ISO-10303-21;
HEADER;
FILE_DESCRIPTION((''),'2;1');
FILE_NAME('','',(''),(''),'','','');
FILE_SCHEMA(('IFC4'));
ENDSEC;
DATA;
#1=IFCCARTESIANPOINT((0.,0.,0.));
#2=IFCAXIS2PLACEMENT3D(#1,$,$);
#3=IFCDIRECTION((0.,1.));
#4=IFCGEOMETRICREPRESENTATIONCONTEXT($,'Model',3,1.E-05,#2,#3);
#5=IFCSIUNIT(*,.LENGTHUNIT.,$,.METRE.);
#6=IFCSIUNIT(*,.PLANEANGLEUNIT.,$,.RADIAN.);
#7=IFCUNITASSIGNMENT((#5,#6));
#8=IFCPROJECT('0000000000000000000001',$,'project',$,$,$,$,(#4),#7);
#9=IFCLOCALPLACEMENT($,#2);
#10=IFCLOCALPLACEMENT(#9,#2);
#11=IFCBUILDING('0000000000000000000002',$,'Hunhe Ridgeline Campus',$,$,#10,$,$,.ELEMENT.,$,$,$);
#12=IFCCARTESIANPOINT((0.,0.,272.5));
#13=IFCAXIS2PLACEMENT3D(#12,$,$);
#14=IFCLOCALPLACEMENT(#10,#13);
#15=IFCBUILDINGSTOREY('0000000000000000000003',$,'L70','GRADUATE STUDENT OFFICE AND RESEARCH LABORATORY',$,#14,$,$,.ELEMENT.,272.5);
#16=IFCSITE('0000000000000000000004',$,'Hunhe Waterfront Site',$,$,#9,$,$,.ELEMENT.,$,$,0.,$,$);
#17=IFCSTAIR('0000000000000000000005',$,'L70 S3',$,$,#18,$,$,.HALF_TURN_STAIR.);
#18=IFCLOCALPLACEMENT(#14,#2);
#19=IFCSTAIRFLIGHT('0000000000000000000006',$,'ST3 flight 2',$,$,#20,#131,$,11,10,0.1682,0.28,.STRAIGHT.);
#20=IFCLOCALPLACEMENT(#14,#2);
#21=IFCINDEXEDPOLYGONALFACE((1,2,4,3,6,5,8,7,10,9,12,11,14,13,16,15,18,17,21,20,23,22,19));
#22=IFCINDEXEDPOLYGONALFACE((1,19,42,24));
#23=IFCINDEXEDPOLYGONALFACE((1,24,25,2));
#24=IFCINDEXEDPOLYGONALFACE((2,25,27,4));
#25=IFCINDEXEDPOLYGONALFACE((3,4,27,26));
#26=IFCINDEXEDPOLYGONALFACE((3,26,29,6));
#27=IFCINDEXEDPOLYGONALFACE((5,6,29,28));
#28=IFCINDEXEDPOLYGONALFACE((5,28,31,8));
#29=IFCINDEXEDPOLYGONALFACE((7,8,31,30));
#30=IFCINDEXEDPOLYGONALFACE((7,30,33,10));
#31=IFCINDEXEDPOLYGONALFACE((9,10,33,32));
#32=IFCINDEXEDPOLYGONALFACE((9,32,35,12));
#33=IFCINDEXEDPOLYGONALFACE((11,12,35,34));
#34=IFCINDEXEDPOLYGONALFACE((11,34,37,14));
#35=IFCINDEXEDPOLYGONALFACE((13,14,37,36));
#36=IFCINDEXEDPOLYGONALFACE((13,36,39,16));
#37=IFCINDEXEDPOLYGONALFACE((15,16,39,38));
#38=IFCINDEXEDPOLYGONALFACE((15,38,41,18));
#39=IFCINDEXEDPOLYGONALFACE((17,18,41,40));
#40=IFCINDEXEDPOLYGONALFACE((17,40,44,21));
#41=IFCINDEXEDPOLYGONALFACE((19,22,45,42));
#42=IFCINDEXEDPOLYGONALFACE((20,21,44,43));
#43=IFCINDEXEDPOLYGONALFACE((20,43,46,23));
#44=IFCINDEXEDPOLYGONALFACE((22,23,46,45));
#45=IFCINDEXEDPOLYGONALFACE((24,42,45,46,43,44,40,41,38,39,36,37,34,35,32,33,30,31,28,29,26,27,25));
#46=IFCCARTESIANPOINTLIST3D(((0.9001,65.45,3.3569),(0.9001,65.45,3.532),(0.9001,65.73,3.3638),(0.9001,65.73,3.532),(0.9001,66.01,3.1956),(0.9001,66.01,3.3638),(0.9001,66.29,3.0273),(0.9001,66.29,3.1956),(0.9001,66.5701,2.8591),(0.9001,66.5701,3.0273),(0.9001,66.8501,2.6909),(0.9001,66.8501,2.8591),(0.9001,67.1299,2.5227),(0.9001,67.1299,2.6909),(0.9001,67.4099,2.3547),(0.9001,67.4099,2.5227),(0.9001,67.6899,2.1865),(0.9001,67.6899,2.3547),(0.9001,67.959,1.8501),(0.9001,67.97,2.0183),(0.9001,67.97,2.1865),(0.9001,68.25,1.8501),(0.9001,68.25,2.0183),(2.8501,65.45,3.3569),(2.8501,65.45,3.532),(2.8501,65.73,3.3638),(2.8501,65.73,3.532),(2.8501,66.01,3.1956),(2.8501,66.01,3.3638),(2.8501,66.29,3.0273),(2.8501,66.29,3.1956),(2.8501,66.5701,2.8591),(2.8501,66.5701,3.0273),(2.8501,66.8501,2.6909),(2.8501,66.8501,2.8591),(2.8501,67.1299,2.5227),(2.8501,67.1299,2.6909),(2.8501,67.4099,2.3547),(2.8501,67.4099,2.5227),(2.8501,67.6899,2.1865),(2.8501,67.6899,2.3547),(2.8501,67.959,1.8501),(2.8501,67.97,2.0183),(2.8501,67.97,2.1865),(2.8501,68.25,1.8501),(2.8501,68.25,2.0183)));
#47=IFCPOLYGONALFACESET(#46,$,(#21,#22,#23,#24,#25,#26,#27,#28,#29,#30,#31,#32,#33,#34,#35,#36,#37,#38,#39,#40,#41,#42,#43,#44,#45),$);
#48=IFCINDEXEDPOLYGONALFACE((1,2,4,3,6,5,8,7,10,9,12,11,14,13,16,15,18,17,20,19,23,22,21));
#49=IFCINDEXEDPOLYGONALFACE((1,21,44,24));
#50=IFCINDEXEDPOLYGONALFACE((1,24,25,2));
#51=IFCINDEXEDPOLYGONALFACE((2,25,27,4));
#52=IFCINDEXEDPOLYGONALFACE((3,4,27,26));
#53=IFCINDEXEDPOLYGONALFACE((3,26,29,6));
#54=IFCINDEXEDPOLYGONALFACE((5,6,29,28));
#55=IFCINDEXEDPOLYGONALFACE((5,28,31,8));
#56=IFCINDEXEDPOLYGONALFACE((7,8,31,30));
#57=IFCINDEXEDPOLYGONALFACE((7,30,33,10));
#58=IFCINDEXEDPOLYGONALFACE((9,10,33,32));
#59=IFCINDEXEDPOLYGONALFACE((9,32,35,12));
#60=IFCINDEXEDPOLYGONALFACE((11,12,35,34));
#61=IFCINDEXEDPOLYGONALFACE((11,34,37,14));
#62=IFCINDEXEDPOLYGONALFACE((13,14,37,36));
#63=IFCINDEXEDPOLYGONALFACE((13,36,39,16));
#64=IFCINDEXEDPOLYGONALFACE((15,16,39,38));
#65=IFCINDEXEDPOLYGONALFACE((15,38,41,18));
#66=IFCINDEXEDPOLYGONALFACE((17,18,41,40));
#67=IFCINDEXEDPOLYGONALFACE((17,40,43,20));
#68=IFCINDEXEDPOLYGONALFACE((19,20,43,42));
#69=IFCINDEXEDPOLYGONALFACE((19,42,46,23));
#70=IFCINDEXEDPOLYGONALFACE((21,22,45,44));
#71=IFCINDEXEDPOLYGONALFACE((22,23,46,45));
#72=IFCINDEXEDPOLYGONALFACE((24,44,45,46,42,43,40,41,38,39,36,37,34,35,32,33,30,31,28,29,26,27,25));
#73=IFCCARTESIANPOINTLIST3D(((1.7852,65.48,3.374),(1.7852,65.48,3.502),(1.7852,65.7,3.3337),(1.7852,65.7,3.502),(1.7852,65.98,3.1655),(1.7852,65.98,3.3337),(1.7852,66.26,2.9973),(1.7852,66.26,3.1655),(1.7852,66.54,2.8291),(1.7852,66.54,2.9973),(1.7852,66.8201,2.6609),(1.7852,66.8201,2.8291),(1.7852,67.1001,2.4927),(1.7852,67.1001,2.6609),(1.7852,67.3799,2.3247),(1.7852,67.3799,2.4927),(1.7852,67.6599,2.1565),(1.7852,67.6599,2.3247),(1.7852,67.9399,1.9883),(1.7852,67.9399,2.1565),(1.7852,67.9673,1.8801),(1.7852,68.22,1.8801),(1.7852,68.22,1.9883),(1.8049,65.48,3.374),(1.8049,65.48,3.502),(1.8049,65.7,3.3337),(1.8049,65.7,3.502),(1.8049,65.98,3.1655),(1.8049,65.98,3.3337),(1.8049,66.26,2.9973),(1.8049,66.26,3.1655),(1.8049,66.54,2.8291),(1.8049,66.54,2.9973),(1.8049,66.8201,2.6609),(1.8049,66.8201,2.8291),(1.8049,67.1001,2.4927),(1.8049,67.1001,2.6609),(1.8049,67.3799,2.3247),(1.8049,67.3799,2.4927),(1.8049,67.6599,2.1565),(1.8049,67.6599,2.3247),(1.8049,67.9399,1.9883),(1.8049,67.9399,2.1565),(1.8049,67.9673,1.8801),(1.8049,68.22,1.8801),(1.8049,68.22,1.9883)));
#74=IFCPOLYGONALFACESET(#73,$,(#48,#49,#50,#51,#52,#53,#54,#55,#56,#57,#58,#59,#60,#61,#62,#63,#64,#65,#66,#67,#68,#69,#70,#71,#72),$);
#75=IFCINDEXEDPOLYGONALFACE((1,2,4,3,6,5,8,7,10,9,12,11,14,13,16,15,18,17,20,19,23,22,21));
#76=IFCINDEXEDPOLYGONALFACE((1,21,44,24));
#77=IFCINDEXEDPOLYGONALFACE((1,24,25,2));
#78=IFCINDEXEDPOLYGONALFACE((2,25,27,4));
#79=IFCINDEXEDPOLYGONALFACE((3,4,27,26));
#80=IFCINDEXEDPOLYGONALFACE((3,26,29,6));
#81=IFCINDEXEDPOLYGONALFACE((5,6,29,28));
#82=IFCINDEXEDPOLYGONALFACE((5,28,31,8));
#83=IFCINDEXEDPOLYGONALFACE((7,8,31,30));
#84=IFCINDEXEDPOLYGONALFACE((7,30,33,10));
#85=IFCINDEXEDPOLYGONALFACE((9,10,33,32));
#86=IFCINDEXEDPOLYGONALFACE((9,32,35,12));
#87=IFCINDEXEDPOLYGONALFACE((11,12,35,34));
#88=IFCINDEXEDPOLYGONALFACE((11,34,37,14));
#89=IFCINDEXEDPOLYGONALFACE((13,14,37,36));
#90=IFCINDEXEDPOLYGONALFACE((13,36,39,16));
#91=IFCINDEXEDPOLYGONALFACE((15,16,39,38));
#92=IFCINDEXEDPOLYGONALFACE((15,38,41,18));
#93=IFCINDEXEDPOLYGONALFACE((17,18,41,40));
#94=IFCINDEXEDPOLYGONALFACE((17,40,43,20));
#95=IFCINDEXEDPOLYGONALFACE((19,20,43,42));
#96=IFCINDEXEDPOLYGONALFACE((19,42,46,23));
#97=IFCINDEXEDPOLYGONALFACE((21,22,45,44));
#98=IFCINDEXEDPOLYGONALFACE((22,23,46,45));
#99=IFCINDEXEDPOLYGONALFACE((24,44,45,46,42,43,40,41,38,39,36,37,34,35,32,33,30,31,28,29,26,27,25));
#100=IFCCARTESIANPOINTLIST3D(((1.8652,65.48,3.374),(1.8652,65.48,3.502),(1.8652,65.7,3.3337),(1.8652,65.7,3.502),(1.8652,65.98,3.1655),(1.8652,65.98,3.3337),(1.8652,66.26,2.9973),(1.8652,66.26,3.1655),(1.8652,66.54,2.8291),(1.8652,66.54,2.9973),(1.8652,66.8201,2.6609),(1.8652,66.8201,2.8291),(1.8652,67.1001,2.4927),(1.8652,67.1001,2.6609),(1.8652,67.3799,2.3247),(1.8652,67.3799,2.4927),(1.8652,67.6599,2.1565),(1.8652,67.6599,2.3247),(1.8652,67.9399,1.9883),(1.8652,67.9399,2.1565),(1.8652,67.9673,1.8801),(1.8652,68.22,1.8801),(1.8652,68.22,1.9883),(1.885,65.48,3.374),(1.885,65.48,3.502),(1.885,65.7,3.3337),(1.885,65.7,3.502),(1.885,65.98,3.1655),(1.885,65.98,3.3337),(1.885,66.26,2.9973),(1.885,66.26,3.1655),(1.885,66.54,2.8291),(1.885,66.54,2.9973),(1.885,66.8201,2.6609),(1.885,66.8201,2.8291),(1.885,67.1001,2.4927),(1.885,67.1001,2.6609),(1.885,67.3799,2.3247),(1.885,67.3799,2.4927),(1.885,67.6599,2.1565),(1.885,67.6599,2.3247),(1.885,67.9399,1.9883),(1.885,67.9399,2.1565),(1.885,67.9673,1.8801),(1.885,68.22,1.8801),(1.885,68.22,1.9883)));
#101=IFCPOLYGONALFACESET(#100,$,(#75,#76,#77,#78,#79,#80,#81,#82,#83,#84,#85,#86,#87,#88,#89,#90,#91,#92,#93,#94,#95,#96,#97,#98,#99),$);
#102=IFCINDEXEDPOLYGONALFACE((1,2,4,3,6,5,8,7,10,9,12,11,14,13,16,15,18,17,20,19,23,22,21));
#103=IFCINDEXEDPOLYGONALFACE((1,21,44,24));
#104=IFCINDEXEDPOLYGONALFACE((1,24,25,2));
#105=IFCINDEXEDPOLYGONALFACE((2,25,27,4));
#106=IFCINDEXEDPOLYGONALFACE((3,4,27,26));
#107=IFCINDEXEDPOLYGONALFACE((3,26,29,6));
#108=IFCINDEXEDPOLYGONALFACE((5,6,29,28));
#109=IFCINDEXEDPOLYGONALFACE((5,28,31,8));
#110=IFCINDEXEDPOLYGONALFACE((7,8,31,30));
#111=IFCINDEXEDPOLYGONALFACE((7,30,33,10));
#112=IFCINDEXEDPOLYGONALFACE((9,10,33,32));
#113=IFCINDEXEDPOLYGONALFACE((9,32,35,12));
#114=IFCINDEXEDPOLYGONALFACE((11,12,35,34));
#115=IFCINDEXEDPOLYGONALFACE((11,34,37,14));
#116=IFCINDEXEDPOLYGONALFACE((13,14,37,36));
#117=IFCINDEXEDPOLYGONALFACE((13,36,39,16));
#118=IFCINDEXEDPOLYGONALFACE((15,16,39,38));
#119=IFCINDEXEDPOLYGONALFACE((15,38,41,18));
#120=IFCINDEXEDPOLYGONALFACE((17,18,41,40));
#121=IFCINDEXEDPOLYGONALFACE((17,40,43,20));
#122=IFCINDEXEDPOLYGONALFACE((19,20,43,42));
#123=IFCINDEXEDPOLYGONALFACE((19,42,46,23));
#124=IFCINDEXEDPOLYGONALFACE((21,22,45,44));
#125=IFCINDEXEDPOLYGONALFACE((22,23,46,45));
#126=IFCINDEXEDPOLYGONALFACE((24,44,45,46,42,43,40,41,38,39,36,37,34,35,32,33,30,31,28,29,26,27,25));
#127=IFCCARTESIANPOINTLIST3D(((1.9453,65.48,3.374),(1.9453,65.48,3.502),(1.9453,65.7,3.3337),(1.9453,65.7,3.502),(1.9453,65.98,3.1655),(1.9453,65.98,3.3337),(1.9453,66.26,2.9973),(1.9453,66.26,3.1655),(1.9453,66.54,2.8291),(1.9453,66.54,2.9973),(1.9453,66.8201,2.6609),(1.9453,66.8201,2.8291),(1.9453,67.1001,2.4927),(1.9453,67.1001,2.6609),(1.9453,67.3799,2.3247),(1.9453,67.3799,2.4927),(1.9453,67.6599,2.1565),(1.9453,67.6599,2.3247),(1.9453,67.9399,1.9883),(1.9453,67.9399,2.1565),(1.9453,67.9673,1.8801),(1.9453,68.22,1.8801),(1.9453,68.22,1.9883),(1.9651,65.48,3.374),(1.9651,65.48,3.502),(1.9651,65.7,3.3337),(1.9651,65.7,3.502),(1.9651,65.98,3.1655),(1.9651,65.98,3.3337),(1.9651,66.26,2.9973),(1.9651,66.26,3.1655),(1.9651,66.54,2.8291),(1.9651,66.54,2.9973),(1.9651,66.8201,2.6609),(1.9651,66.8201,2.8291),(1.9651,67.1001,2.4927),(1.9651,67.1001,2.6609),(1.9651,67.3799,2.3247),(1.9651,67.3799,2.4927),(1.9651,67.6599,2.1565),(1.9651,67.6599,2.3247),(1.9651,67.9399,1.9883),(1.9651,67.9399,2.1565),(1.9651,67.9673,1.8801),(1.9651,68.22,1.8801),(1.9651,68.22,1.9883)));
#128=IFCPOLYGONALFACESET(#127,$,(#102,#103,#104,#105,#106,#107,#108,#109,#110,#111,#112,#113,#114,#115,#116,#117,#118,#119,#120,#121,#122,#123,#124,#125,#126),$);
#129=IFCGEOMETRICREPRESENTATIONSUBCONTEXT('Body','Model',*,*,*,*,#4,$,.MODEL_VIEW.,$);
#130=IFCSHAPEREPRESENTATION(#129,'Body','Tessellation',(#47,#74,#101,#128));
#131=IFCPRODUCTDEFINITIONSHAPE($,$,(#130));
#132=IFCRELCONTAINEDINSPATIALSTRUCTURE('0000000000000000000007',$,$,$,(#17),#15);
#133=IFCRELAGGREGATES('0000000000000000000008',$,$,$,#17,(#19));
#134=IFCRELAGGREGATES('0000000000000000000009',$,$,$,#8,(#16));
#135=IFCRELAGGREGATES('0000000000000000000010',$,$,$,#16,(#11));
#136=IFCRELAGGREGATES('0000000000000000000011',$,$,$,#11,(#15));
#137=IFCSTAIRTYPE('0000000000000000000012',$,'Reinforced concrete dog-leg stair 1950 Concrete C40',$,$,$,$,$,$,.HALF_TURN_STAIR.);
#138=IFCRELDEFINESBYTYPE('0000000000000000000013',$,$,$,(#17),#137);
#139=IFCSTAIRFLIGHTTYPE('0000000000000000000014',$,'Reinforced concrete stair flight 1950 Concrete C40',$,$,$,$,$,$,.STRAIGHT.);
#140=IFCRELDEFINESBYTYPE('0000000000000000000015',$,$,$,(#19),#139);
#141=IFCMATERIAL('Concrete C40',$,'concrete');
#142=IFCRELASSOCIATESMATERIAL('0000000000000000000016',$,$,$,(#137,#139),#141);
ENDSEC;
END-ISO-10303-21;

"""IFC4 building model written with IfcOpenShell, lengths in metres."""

from ifc_helpers import new_model, si_unit, direction, frame, origin, place, context, subcontext, project, spatial, polyline, outline, extrude, material, type_object, element, aggregate, save


model = new_model("IFC4")

# Units and contexts
model_context = context("Model", 3, precision=1e-05, world=origin(), true_north=direction((0.0, 1.0)))
body_context = subcontext(model_context, "Body", "Model", "MODEL_VIEW")
ifc_project = project(units=[si_unit("LENGTHUNIT", "METRE"), si_unit("PLANEANGLEUNIT", "RADIAN")], contexts=[model_context])

# Site, building, storey
site_placement = place(None, origin())
site = spatial("IfcSite", under=ifc_project, at=site_placement, Name="Hunhe Waterfront Site", CompositionType="ELEMENT", RefElevation=0.0)
building_placement = place(site_placement, origin())
building = spatial("IfcBuilding", under=site, at=building_placement, Name="Hunhe Ridgeline Campus", CompositionType="ELEMENT")
storey_placement = place(building_placement, frame((0.0, 0.0, 272.5)))
storey = spatial("IfcBuildingStorey", under=building, at=storey_placement, Name="L70", Description="GRADUATE STUDENT OFFICE AND RESEARCH LABORATORY", CompositionType="ELEMENT", Elevation=272.5)

# Stair, stair flight
ifc_material_1 = material(Name="Concrete C40", Category="concrete")
stair_type = type_object("IfcStairType", Name="Reinforced concrete dog-leg stair 1950 Concrete C40", PredefinedType="HALF_TURN_STAIR", material=ifc_material_1)
stair_1_placement = place(storey_placement, origin())
stair_1 = element("IfcStair", 1, at=stair_1_placement, inside=storey, type_object=stair_type, Name="L70 S3", PredefinedType="HALF_TURN_STAIR")
stair_flight_type = type_object("IfcStairFlightType", Name="Reinforced concrete stair flight 1950 Concrete C40", PredefinedType="STRAIGHT", material=ifc_material_1)
stair_flight_1_placement = place(storey_placement, frame((1.875, 68.25, 1.8501), z_axis=(0.0, 0.0, 1.0), x_axis=(0.0, -1.0, 0.0)))
stair_flight_1 = element("IfcStairFlight", 2, at=stair_flight_1_placement, type_object=stair_flight_type, Name="ST3 flight 2", NumberOfRisers=11, NumberOfTreads=10, PredefinedType="STRAIGHT", RiserHeight=0.1682, TreadLength=0.28, context=body_context, shape_type="SweptSolid", body=[
    extrude(outline(polyline([(0.0, 0.0), (0.0, 0.1682), (0.28, 0.1682), (0.28, 0.3364), (0.5601, 0.3364), (0.5601, 0.5046), (0.8401, 0.5046), (0.8401, 0.6726), (1.1201, 0.6726), (1.1201, 0.8408), (1.3999, 0.8408), (1.3999, 1.009), (1.6799, 1.009), (1.6799, 1.1772), (1.96, 1.1772), (1.96, 1.3455), (2.24, 1.3455), (2.24, 1.5137), (2.52, 1.5137), (2.52, 1.6819), (2.8, 1.6819), (2.8, 1.8501), (2.8, 1.5068), (0.291, 0.0), (0.0, 0.0)])), frame((0.0, 0.9751, 0.0), z_axis=(0.0, -1.0, 0.0), x_axis=(1.0, 0.0, 0.0)), (0.0, 0.0, 1.0), 1.95),
    extrude(outline(polyline([(0.03, 0.03), (0.03, 0.1382), (0.3101, 0.1382), (0.3101, 0.3064), (0.5901, 0.3064), (0.5901, 0.4746), (0.8701, 0.4746), (0.8701, 0.6426), (1.1499, 0.6426), (1.1499, 0.8108), (1.4299, 0.8108), (1.4299, 0.979), (1.71, 0.979), (1.71, 1.1472), (1.99, 1.1472), (1.99, 1.3154), (2.27, 1.3154), (2.27, 1.4836), (2.55, 1.4836), (2.55, 1.6519), (2.77, 1.6519), (2.77, 1.5239), (0.2827, 0.03), (0.03, 0.03)])), frame((0.0, -0.0701, 0.0), z_axis=(0.0, -1.0, 0.0), x_axis=(1.0, 0.0, 0.0)), (0.0, 0.0, 1.0), 0.0198),
    extrude(outline(polyline([(0.03, 0.03), (0.03, 0.1382), (0.3101, 0.1382), (0.3101, 0.3064), (0.5901, 0.3064), (0.5901, 0.4746), (0.8701, 0.4746), (0.8701, 0.6426), (1.1499, 0.6426), (1.1499, 0.8108), (1.4299, 0.8108), (1.4299, 0.979), (1.71, 0.979), (1.71, 1.1472), (1.99, 1.1472), (1.99, 1.3154), (2.27, 1.3154), (2.27, 1.4836), (2.55, 1.4836), (2.55, 1.6519), (2.77, 1.6519), (2.77, 1.5239), (0.2827, 0.03), (0.03, 0.03)])), frame((0.0, 0.01, 0.0), z_axis=(0.0, -1.0, 0.0), x_axis=(1.0, 0.0, 0.0)), (0.0, 0.0, 1.0), 0.0198),
    extrude(outline(polyline([(0.03, 0.03), (0.03, 0.1382), (0.3101, 0.1382), (0.3101, 0.3064), (0.5901, 0.3064), (0.5901, 0.4746), (0.8701, 0.4746), (0.8701, 0.6426), (1.1499, 0.6426), (1.1499, 0.8108), (1.4299, 0.8108), (1.4299, 0.979), (1.71, 0.979), (1.71, 1.1472), (1.99, 1.1472), (1.99, 1.3154), (2.27, 1.3154), (2.27, 1.4836), (2.55, 1.4836), (2.55, 1.6519), (2.77, 1.6519), (2.77, 1.5239), (0.2827, 0.03), (0.03, 0.03)])), frame((0.0, 0.0901, 0.0), z_axis=(0.0, -1.0, 0.0), x_axis=(1.0, 0.0, 0.0)), (0.0, 0.0, 1.0), 0.0198),
])
aggregate(stair_1, [stair_flight_1])

save(model, "model.ifc")
